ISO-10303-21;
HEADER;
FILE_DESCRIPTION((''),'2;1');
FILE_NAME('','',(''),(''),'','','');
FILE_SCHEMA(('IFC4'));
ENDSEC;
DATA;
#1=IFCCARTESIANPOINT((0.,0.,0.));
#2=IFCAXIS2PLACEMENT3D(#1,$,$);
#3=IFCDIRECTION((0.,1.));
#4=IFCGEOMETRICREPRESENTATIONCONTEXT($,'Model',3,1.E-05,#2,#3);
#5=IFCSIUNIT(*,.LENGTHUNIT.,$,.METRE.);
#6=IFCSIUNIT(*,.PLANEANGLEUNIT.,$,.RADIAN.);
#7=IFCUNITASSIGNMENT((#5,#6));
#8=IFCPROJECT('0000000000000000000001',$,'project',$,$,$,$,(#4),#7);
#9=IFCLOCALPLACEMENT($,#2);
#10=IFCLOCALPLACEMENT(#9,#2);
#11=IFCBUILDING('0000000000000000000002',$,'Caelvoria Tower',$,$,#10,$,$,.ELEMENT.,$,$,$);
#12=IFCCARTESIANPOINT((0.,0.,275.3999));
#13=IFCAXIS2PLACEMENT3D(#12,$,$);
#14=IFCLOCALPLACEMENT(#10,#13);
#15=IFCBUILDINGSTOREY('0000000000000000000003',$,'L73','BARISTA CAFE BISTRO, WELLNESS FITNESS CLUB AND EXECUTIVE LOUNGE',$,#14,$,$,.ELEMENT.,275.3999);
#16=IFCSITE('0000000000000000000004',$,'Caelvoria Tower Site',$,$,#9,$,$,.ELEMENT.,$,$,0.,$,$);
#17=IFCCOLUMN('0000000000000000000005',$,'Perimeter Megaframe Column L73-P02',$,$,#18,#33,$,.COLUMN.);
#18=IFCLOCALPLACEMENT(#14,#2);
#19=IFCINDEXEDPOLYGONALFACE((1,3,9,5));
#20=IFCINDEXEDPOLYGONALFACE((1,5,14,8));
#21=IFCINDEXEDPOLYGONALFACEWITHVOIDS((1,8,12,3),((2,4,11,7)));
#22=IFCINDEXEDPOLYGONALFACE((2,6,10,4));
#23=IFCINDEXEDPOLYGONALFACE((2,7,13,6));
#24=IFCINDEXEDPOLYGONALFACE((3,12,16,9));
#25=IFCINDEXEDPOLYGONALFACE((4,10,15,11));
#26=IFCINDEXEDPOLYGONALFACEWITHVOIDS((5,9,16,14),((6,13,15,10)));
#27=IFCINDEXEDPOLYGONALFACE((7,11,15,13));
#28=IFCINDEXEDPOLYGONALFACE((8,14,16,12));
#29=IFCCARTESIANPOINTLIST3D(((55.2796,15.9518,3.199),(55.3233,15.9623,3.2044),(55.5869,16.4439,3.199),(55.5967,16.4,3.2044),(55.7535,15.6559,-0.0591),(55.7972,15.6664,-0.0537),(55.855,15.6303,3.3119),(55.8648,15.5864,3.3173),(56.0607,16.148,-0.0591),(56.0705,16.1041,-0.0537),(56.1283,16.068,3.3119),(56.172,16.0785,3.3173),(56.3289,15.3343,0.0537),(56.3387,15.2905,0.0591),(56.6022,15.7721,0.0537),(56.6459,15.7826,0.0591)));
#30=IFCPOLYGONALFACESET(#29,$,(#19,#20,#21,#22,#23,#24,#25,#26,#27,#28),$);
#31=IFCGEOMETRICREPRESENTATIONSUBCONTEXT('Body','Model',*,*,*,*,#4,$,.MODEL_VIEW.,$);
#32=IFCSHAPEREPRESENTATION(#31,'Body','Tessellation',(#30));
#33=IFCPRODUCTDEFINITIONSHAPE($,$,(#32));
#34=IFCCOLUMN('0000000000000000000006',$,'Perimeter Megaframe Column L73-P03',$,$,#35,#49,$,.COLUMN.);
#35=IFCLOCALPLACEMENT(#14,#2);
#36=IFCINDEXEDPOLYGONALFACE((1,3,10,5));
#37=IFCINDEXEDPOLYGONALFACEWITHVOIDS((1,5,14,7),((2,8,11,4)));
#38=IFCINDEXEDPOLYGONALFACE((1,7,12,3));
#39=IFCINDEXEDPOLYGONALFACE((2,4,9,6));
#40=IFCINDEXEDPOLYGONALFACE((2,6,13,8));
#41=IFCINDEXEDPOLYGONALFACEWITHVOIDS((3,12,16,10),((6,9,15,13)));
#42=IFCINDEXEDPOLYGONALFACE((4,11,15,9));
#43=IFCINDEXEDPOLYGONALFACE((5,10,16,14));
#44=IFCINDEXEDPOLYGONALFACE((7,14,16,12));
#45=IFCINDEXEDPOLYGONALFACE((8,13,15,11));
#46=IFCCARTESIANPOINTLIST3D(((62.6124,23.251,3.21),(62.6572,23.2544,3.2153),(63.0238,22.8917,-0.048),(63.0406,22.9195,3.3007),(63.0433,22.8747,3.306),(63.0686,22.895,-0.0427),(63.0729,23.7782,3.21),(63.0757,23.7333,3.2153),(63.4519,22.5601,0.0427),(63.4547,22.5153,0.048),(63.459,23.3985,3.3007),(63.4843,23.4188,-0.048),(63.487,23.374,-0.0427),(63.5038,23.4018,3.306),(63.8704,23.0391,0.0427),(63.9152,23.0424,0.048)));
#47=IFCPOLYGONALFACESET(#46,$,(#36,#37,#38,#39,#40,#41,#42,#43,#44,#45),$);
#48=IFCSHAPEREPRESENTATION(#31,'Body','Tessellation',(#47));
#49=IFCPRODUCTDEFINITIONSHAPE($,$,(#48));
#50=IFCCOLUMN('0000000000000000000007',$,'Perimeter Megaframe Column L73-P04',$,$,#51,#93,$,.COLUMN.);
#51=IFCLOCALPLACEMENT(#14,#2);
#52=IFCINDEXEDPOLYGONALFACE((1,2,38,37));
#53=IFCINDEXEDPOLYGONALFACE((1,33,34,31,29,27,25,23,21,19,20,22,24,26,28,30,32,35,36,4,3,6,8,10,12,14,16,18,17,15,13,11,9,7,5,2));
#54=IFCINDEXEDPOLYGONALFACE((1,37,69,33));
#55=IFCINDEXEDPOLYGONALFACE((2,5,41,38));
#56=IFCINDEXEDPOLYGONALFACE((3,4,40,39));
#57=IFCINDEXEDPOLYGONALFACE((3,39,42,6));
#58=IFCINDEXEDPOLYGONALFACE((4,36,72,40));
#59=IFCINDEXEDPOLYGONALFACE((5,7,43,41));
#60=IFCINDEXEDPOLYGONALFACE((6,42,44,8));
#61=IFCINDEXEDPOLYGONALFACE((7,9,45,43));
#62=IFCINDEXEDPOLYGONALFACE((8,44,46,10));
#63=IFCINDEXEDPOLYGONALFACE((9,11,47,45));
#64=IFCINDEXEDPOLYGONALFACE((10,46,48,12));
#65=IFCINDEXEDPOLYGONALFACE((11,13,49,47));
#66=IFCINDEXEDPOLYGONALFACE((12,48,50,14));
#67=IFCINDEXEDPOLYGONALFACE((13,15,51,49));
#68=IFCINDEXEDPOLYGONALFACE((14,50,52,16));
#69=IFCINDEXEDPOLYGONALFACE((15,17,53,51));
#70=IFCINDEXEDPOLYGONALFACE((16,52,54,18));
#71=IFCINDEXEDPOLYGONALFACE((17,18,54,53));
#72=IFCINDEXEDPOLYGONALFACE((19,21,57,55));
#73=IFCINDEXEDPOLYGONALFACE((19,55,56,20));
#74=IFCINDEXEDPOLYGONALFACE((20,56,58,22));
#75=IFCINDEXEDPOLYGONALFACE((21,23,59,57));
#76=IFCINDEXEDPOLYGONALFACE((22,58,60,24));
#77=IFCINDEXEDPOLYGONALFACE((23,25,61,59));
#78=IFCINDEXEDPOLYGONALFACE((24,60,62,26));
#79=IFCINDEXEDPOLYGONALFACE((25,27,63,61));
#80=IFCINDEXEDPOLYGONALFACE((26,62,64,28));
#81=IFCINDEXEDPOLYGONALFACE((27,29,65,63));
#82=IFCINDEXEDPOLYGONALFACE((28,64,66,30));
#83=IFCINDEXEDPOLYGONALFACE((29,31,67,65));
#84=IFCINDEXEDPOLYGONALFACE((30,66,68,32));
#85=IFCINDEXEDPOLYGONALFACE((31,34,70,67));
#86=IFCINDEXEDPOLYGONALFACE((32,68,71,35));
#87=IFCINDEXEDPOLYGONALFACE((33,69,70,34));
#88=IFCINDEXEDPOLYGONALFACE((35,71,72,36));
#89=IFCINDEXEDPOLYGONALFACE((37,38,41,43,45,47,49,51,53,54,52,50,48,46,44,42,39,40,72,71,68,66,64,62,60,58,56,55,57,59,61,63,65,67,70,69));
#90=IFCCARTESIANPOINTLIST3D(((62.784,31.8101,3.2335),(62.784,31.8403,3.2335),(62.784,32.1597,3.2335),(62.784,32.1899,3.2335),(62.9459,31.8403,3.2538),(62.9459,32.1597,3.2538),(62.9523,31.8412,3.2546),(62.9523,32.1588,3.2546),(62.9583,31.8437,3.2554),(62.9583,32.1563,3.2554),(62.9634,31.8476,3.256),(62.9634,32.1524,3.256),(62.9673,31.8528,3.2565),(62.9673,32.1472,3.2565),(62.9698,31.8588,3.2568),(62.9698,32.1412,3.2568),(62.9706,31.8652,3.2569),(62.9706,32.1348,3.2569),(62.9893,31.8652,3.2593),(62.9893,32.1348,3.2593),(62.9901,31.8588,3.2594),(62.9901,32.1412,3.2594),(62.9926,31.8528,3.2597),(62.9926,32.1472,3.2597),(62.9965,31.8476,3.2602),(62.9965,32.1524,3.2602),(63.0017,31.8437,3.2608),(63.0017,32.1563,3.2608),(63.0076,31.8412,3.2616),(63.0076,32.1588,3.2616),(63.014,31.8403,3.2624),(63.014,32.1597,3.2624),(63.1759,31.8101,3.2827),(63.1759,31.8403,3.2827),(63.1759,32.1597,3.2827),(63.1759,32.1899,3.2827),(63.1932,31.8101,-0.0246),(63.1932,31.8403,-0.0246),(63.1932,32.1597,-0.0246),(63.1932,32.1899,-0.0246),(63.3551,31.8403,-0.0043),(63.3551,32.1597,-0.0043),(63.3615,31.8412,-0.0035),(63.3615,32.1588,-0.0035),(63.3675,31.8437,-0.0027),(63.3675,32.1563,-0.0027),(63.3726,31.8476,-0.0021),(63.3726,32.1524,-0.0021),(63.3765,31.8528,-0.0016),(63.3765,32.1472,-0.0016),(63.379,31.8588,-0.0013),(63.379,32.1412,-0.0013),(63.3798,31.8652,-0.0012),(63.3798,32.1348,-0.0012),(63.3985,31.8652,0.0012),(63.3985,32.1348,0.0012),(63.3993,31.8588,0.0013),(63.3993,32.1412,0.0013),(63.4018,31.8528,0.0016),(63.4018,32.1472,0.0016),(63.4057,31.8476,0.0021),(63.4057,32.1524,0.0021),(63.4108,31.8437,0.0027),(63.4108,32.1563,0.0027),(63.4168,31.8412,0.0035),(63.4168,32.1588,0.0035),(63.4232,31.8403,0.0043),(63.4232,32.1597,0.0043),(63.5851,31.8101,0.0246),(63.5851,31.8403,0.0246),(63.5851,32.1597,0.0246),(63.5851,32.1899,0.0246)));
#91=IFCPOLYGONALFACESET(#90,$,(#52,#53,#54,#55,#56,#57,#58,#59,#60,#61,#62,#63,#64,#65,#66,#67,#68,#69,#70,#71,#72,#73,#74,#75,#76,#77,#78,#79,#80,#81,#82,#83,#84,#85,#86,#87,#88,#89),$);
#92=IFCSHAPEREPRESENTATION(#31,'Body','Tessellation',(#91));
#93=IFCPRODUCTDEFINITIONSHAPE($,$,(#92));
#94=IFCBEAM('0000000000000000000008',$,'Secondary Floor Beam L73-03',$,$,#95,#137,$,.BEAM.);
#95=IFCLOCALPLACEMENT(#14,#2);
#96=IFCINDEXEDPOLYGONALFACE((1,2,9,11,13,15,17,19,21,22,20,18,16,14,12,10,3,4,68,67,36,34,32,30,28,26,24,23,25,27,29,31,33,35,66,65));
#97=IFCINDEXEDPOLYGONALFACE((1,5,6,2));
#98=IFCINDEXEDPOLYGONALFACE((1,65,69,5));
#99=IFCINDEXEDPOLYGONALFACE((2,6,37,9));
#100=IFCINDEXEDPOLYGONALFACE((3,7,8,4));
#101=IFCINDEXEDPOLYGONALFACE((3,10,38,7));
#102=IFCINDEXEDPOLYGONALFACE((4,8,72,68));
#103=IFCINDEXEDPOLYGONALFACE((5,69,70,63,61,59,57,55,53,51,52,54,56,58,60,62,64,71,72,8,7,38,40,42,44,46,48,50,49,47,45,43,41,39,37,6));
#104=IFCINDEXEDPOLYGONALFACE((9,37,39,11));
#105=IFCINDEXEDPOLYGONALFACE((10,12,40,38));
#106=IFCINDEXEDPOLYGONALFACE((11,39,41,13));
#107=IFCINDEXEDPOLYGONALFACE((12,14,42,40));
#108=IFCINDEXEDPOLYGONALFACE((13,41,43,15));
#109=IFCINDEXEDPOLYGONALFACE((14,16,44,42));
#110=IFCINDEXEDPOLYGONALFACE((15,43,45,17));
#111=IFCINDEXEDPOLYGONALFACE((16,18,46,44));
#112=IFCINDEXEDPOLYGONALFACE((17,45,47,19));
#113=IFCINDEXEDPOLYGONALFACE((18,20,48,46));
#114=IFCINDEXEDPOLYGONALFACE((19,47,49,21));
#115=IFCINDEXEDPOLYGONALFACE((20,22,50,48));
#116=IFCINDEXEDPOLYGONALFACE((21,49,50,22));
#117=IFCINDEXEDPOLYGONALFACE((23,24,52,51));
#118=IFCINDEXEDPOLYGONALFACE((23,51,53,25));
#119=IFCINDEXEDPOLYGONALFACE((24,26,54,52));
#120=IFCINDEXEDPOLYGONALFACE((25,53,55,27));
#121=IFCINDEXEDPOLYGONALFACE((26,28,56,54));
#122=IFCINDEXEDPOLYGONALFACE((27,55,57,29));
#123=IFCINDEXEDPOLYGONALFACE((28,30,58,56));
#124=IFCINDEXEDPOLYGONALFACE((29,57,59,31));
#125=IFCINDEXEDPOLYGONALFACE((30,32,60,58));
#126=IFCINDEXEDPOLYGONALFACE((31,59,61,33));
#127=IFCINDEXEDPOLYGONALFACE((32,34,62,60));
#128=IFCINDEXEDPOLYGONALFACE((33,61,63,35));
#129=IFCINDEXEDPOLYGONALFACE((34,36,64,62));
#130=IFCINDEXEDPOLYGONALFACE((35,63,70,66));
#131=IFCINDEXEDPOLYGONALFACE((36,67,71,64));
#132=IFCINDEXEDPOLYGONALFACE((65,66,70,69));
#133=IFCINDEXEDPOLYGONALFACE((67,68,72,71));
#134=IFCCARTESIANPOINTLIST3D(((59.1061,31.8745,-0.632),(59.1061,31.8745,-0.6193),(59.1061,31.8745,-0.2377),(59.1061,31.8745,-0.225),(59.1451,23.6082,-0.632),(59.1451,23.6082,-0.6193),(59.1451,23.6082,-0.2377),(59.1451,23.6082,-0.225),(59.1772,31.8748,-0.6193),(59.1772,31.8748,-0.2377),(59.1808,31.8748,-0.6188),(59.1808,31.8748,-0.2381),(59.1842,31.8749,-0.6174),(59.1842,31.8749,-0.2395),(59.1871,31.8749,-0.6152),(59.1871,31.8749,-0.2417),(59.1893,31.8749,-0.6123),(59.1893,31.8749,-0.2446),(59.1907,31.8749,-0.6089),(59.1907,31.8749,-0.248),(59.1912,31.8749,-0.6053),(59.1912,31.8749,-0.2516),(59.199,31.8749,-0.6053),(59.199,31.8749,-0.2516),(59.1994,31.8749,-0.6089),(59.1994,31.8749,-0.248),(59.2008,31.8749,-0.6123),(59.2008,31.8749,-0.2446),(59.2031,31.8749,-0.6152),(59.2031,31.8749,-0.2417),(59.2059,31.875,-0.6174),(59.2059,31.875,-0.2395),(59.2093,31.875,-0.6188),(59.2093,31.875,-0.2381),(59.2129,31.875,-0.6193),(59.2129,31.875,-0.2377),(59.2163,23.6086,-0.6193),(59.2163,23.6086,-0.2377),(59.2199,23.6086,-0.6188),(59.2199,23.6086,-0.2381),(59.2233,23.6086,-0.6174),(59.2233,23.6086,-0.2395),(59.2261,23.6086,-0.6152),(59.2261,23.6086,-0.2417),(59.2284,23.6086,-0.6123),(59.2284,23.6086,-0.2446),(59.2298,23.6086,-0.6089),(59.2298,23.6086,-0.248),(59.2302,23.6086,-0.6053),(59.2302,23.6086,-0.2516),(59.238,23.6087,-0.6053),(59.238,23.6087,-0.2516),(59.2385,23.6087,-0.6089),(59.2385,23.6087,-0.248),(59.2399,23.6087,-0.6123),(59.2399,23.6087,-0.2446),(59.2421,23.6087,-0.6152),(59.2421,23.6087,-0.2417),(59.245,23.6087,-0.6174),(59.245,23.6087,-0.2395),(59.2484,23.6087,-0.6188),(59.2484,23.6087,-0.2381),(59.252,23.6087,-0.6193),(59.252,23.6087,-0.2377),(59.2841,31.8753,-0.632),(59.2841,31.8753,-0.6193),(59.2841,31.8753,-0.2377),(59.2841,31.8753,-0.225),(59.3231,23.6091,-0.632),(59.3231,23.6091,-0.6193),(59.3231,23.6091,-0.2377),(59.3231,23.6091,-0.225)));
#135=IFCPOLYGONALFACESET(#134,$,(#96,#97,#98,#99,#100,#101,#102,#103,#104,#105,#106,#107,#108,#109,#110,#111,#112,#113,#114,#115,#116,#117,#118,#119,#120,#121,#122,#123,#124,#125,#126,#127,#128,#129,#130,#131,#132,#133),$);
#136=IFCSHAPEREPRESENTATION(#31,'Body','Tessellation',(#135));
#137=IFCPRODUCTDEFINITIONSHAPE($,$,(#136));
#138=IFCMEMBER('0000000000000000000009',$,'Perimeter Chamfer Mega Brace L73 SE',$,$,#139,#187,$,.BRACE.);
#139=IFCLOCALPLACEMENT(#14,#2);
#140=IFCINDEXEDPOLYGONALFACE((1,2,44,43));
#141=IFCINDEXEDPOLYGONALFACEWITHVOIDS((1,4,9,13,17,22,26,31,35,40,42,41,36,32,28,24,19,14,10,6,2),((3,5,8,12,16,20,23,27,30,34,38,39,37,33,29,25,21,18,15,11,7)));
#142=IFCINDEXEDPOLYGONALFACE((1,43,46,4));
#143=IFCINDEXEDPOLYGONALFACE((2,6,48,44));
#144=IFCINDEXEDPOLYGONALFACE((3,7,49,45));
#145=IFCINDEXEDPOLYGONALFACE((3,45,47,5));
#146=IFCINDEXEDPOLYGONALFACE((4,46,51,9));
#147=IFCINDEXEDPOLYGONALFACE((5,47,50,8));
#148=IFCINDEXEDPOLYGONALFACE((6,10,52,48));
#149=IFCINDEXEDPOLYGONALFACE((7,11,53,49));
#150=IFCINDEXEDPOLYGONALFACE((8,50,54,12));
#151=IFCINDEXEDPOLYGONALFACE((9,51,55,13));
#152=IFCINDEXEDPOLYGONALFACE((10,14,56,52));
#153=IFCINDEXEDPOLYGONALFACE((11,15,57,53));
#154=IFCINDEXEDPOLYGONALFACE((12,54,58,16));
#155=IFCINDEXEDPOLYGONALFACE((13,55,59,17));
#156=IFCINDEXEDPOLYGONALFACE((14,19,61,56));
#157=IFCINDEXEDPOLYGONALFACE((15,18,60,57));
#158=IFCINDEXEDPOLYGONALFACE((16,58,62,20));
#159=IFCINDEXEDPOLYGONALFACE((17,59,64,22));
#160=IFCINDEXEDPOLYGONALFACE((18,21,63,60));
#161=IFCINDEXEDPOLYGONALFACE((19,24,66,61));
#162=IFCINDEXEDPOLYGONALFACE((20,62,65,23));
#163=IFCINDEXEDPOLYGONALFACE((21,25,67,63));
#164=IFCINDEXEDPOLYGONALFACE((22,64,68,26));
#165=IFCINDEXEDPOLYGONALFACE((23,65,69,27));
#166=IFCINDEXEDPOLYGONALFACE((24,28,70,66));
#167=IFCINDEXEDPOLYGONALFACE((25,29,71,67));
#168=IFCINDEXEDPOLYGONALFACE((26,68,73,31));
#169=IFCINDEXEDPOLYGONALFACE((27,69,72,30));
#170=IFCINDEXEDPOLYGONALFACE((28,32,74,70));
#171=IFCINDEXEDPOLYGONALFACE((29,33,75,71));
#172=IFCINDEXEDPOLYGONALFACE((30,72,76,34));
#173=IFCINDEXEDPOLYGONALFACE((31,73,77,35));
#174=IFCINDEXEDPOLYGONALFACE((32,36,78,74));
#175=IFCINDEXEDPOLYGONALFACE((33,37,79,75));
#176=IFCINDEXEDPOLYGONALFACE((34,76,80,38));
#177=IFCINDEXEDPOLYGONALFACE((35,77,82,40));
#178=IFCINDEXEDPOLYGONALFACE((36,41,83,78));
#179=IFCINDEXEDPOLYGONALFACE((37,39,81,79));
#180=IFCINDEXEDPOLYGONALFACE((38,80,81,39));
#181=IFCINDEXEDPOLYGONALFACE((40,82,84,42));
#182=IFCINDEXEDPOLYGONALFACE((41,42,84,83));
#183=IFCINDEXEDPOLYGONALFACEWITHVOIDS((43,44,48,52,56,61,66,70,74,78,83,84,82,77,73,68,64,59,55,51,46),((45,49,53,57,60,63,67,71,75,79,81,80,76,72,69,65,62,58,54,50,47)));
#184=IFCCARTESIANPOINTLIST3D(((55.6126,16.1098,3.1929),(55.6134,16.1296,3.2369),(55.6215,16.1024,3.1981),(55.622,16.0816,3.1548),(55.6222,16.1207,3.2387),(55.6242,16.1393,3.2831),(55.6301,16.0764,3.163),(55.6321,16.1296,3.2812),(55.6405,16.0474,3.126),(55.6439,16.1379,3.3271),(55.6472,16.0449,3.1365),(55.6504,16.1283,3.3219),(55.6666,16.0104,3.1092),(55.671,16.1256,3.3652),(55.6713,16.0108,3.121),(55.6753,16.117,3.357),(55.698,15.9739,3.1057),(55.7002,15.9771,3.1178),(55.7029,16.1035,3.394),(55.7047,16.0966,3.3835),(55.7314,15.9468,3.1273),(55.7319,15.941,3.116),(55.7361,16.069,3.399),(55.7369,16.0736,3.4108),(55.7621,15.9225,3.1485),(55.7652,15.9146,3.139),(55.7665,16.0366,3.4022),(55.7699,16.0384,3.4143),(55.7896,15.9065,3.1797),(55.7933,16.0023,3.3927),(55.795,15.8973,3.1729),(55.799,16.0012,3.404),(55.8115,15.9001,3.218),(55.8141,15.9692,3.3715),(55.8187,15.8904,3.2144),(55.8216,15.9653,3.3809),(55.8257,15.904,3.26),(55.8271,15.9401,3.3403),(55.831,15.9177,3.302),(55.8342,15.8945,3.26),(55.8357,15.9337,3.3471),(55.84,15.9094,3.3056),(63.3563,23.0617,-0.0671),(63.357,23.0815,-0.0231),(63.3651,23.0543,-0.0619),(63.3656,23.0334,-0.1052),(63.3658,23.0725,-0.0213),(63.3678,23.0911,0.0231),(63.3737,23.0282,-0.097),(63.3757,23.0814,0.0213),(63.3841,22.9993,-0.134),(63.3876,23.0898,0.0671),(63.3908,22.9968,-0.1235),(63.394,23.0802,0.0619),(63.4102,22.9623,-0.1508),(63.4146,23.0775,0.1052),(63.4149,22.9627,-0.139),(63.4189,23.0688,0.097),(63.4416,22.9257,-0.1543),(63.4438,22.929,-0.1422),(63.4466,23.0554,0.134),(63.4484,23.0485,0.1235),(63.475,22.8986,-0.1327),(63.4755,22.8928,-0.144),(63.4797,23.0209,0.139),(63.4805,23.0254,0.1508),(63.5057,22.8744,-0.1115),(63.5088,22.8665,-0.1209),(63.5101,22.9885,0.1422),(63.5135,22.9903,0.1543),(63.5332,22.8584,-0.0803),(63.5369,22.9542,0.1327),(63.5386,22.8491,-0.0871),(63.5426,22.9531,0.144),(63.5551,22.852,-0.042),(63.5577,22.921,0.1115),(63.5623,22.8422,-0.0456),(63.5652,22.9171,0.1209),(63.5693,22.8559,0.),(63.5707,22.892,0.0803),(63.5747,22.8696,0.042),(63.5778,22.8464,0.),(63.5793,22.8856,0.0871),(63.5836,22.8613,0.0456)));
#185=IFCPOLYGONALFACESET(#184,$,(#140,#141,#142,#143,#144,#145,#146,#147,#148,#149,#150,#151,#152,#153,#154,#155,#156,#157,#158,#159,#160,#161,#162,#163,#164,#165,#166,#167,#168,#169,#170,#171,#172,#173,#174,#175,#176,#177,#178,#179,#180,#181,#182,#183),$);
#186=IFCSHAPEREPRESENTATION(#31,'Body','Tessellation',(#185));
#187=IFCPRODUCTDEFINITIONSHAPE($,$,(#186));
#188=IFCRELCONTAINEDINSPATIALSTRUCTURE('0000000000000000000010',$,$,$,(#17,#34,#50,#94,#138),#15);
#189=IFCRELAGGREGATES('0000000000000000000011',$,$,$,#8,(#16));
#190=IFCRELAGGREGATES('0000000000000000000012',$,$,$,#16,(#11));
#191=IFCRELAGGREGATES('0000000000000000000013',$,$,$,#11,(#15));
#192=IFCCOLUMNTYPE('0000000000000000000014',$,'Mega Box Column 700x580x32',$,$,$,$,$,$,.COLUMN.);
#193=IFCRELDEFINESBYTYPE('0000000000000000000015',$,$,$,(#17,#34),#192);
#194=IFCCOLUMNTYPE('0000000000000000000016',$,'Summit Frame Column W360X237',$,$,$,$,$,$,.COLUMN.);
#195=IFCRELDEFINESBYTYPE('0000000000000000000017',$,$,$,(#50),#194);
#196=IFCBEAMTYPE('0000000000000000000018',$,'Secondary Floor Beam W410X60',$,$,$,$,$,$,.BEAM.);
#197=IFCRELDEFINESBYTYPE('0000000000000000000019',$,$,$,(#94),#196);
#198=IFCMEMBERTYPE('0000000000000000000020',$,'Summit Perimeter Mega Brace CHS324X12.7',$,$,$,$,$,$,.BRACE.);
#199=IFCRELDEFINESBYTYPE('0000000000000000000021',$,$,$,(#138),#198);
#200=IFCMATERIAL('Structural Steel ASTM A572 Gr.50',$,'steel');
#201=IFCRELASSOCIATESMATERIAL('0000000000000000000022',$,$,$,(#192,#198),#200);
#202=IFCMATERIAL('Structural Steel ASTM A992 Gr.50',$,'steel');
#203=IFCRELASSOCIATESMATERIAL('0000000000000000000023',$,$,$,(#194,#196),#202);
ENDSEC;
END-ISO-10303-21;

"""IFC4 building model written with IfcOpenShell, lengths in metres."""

from ifc_helpers import new_model, si_unit, direction, frame, origin, origin_2d, place, context, subcontext, project, spatial, hollow_rectangle, hollow_circle, i_section, extrude, material, material_profile, profile_set, type_object, element, save


model = new_model("IFC4")

# Units and contexts
model_context = context("Model", 3, precision=1e-05, world=origin(), true_north=direction((0.0, 1.0)))
body_context = subcontext(model_context, "Body", "Model", "MODEL_VIEW")
ifc_project = project(units=[si_unit("LENGTHUNIT", "METRE"), si_unit("PLANEANGLEUNIT", "RADIAN")], contexts=[model_context])

# Site, building, storey
site_placement = place(None, origin())
site = spatial("IfcSite", under=ifc_project, at=site_placement, Name="Caelvoria Tower Site", CompositionType="ELEMENT", RefElevation=0.0)
building_placement = place(site_placement, origin())
building = spatial("IfcBuilding", under=site, at=building_placement, Name="Caelvoria Tower", CompositionType="ELEMENT")
storey_placement = place(building_placement, frame((0.0, 0.0, 275.3999)))
storey = spatial("IfcBuildingStorey", under=building, at=storey_placement, Name="L73", Description="BARISTA CAFE BISTRO, WELLNESS FITNESS CLUB AND EXECUTIVE LOUNGE", CompositionType="ELEMENT", Elevation=275.3999)

# Columns
ifc_material_1 = material(Name="Structural Steel ASTM A572 Gr.50", Category="steel")
ifc_material_profile_1 = material_profile(ifc_material_1, hollow_rectangle(XDim=0.5801, YDim=0.7, WallThickness=0.032, at=origin_2d()), Name="Structural Steel ASTM A572 Gr.50")
ifc_profile_set_1 = profile_set([ifc_material_profile_1], Name="BOX700X580X32 - Structural Steel ASTM A572 Gr.50")
column_type_1 = type_object("IfcColumnType", Name="Mega Box Column 700x580x32", PredefinedType="COLUMN", material=ifc_profile_set_1)
column_1_placement = place(storey_placement, frame((56.1997, 15.7192, 0.0), z_axis=(-0.143355, 0.089514, 0.985615), x_axis=(-0.529645, -0.848219, 0.0)))
element("IfcColumn", 1, at=column_1_placement, inside=storey, type_object=column_type_1, Name="Perimeter Megaframe Column L73-P02", PredefinedType="COLUMN", context=body_context, shape_type="SweptSolid", body=[
    extrude(hollow_rectangle(XDim=0.5801, YDim=0.7, WallThickness=0.032, at=origin_2d()), origin(), (0.0, 0.0, 1.0), 3.3057),
])
column_2_placement = place(storey_placement, frame((63.4695, 22.967, 0.0), z_axis=(-0.124526, 0.108785, 0.986235), x_axis=(0.742736, -0.648847, 0.165351)))
element("IfcColumn", 2, at=column_2_placement, inside=storey, type_object=column_type_1, Name="Perimeter Megaframe Column L73-P03", PredefinedType="COLUMN", context=body_context, shape_type="SweptSolid", body=[
    extrude(hollow_rectangle(XDim=0.5801, YDim=0.7, WallThickness=0.032, at=origin_2d()), origin(), (0.0, 0.0, 1.0), 3.3035),
])
ifc_material_2 = material(Name="Structural Steel ASTM A992 Gr.50", Category="steel")
ifc_material_profile_2 = material_profile(ifc_material_2, i_section(OverallWidth=0.395, OverallDepth=0.3799, WebThickness=0.0188, FlangeThickness=0.0303, FilletRadius=0.0249, at=origin_2d()), Name="Structural Steel ASTM A992 Gr.50")
ifc_profile_set_2 = profile_set([ifc_material_profile_2], Name="W360X237 - Structural Steel ASTM A992 Gr.50")
column_type_2 = type_object("IfcColumnType", Name="Summit Frame Column W360X237", PredefinedType="COLUMN", material=ifc_profile_set_2)
column_3_placement = place(storey_placement, frame((63.3892, 32.0, 0.0), z_axis=(-0.124611, 0.0, 0.992206), x_axis=(0.992206, 0.0, 0.124611)))
element("IfcColumn", 3, at=column_3_placement, inside=storey, type_object=column_type_2, Name="Perimeter Megaframe Column L73-P04", PredefinedType="COLUMN", context=body_context, shape_type="SweptSolid", body=[
    extrude(i_section(OverallWidth=0.395, OverallDepth=0.3799, WebThickness=0.0188, FlangeThickness=0.0303, FilletRadius=0.0249, at=origin_2d()), origin(), (0.0, 0.0, 1.0), 3.2837),
])

# Beam
ifc_material_profile_3 = material_profile(ifc_material_2, i_section(OverallWidth=0.178, OverallDepth=0.407, WebThickness=0.0078, FlangeThickness=0.0127, FilletRadius=0.0139, at=origin_2d()), Name="Structural Steel ASTM A992 Gr.50")
ifc_profile_set_3 = profile_set([ifc_material_profile_3], Name="W410X60 - Structural Steel ASTM A992 Gr.50")
beam_type_1 = type_object("IfcBeamType", Name="Secondary Floor Beam W410X60", PredefinedType="BEAM", material=ifc_profile_set_3)
beam_1_placement = place(storey_placement, frame((59.2341, 23.6086, -0.4285), z_axis=(-0.004725, 0.999989, 0.0), x_axis=(-0.999989, -0.004725, 0.0)))
element("IfcBeam", 4, at=beam_1_placement, inside=storey, type_object=beam_type_1, Name="Secondary Floor Beam L73-03", PredefinedType="BEAM", context=body_context, shape_type="SweptSolid", body=[
    extrude(i_section(OverallWidth=0.178, OverallDepth=0.407, WebThickness=0.0078, FlangeThickness=0.0127, FilletRadius=0.0139, at=origin_2d()), origin(), (0.0, 0.0, 1.0), 8.2664),
])

# Member
ifc_material_profile_4 = material_profile(ifc_material_1, hollow_circle(Radius=0.1621, WallThickness=0.0127, at=origin_2d()), Name="Structural Steel ASTM A572 Gr.50")
ifc_profile_set_4 = profile_set([ifc_material_profile_4], Name="CHS324X12.7 - Structural Steel ASTM A572 Gr.50")
member_type = type_object("IfcMemberType", Name="Summit Perimeter Mega Brace CHS324X12.7", PredefinedType="BRACE", material=ifc_profile_set_4)
member_placement = place(storey_placement, frame((63.4695, 22.967, 0.0), z_axis=(-0.710096, -0.637492, 0.298944), x_axis=(0.668041, -0.744124, 0.0)))
element("IfcMember", 5, at=member_placement, inside=storey, type_object=member_type, Name="Perimeter Chamfer Mega Brace L73 SE", PredefinedType="BRACE", context=body_context, shape_type="SweptSolid", body=[
    extrude(hollow_circle(Radius=0.1621, WallThickness=0.0127, at=origin_2d()), origin(), (0.0, 0.0, 1.0), 10.905),
])

save(model, "model.ifc")
